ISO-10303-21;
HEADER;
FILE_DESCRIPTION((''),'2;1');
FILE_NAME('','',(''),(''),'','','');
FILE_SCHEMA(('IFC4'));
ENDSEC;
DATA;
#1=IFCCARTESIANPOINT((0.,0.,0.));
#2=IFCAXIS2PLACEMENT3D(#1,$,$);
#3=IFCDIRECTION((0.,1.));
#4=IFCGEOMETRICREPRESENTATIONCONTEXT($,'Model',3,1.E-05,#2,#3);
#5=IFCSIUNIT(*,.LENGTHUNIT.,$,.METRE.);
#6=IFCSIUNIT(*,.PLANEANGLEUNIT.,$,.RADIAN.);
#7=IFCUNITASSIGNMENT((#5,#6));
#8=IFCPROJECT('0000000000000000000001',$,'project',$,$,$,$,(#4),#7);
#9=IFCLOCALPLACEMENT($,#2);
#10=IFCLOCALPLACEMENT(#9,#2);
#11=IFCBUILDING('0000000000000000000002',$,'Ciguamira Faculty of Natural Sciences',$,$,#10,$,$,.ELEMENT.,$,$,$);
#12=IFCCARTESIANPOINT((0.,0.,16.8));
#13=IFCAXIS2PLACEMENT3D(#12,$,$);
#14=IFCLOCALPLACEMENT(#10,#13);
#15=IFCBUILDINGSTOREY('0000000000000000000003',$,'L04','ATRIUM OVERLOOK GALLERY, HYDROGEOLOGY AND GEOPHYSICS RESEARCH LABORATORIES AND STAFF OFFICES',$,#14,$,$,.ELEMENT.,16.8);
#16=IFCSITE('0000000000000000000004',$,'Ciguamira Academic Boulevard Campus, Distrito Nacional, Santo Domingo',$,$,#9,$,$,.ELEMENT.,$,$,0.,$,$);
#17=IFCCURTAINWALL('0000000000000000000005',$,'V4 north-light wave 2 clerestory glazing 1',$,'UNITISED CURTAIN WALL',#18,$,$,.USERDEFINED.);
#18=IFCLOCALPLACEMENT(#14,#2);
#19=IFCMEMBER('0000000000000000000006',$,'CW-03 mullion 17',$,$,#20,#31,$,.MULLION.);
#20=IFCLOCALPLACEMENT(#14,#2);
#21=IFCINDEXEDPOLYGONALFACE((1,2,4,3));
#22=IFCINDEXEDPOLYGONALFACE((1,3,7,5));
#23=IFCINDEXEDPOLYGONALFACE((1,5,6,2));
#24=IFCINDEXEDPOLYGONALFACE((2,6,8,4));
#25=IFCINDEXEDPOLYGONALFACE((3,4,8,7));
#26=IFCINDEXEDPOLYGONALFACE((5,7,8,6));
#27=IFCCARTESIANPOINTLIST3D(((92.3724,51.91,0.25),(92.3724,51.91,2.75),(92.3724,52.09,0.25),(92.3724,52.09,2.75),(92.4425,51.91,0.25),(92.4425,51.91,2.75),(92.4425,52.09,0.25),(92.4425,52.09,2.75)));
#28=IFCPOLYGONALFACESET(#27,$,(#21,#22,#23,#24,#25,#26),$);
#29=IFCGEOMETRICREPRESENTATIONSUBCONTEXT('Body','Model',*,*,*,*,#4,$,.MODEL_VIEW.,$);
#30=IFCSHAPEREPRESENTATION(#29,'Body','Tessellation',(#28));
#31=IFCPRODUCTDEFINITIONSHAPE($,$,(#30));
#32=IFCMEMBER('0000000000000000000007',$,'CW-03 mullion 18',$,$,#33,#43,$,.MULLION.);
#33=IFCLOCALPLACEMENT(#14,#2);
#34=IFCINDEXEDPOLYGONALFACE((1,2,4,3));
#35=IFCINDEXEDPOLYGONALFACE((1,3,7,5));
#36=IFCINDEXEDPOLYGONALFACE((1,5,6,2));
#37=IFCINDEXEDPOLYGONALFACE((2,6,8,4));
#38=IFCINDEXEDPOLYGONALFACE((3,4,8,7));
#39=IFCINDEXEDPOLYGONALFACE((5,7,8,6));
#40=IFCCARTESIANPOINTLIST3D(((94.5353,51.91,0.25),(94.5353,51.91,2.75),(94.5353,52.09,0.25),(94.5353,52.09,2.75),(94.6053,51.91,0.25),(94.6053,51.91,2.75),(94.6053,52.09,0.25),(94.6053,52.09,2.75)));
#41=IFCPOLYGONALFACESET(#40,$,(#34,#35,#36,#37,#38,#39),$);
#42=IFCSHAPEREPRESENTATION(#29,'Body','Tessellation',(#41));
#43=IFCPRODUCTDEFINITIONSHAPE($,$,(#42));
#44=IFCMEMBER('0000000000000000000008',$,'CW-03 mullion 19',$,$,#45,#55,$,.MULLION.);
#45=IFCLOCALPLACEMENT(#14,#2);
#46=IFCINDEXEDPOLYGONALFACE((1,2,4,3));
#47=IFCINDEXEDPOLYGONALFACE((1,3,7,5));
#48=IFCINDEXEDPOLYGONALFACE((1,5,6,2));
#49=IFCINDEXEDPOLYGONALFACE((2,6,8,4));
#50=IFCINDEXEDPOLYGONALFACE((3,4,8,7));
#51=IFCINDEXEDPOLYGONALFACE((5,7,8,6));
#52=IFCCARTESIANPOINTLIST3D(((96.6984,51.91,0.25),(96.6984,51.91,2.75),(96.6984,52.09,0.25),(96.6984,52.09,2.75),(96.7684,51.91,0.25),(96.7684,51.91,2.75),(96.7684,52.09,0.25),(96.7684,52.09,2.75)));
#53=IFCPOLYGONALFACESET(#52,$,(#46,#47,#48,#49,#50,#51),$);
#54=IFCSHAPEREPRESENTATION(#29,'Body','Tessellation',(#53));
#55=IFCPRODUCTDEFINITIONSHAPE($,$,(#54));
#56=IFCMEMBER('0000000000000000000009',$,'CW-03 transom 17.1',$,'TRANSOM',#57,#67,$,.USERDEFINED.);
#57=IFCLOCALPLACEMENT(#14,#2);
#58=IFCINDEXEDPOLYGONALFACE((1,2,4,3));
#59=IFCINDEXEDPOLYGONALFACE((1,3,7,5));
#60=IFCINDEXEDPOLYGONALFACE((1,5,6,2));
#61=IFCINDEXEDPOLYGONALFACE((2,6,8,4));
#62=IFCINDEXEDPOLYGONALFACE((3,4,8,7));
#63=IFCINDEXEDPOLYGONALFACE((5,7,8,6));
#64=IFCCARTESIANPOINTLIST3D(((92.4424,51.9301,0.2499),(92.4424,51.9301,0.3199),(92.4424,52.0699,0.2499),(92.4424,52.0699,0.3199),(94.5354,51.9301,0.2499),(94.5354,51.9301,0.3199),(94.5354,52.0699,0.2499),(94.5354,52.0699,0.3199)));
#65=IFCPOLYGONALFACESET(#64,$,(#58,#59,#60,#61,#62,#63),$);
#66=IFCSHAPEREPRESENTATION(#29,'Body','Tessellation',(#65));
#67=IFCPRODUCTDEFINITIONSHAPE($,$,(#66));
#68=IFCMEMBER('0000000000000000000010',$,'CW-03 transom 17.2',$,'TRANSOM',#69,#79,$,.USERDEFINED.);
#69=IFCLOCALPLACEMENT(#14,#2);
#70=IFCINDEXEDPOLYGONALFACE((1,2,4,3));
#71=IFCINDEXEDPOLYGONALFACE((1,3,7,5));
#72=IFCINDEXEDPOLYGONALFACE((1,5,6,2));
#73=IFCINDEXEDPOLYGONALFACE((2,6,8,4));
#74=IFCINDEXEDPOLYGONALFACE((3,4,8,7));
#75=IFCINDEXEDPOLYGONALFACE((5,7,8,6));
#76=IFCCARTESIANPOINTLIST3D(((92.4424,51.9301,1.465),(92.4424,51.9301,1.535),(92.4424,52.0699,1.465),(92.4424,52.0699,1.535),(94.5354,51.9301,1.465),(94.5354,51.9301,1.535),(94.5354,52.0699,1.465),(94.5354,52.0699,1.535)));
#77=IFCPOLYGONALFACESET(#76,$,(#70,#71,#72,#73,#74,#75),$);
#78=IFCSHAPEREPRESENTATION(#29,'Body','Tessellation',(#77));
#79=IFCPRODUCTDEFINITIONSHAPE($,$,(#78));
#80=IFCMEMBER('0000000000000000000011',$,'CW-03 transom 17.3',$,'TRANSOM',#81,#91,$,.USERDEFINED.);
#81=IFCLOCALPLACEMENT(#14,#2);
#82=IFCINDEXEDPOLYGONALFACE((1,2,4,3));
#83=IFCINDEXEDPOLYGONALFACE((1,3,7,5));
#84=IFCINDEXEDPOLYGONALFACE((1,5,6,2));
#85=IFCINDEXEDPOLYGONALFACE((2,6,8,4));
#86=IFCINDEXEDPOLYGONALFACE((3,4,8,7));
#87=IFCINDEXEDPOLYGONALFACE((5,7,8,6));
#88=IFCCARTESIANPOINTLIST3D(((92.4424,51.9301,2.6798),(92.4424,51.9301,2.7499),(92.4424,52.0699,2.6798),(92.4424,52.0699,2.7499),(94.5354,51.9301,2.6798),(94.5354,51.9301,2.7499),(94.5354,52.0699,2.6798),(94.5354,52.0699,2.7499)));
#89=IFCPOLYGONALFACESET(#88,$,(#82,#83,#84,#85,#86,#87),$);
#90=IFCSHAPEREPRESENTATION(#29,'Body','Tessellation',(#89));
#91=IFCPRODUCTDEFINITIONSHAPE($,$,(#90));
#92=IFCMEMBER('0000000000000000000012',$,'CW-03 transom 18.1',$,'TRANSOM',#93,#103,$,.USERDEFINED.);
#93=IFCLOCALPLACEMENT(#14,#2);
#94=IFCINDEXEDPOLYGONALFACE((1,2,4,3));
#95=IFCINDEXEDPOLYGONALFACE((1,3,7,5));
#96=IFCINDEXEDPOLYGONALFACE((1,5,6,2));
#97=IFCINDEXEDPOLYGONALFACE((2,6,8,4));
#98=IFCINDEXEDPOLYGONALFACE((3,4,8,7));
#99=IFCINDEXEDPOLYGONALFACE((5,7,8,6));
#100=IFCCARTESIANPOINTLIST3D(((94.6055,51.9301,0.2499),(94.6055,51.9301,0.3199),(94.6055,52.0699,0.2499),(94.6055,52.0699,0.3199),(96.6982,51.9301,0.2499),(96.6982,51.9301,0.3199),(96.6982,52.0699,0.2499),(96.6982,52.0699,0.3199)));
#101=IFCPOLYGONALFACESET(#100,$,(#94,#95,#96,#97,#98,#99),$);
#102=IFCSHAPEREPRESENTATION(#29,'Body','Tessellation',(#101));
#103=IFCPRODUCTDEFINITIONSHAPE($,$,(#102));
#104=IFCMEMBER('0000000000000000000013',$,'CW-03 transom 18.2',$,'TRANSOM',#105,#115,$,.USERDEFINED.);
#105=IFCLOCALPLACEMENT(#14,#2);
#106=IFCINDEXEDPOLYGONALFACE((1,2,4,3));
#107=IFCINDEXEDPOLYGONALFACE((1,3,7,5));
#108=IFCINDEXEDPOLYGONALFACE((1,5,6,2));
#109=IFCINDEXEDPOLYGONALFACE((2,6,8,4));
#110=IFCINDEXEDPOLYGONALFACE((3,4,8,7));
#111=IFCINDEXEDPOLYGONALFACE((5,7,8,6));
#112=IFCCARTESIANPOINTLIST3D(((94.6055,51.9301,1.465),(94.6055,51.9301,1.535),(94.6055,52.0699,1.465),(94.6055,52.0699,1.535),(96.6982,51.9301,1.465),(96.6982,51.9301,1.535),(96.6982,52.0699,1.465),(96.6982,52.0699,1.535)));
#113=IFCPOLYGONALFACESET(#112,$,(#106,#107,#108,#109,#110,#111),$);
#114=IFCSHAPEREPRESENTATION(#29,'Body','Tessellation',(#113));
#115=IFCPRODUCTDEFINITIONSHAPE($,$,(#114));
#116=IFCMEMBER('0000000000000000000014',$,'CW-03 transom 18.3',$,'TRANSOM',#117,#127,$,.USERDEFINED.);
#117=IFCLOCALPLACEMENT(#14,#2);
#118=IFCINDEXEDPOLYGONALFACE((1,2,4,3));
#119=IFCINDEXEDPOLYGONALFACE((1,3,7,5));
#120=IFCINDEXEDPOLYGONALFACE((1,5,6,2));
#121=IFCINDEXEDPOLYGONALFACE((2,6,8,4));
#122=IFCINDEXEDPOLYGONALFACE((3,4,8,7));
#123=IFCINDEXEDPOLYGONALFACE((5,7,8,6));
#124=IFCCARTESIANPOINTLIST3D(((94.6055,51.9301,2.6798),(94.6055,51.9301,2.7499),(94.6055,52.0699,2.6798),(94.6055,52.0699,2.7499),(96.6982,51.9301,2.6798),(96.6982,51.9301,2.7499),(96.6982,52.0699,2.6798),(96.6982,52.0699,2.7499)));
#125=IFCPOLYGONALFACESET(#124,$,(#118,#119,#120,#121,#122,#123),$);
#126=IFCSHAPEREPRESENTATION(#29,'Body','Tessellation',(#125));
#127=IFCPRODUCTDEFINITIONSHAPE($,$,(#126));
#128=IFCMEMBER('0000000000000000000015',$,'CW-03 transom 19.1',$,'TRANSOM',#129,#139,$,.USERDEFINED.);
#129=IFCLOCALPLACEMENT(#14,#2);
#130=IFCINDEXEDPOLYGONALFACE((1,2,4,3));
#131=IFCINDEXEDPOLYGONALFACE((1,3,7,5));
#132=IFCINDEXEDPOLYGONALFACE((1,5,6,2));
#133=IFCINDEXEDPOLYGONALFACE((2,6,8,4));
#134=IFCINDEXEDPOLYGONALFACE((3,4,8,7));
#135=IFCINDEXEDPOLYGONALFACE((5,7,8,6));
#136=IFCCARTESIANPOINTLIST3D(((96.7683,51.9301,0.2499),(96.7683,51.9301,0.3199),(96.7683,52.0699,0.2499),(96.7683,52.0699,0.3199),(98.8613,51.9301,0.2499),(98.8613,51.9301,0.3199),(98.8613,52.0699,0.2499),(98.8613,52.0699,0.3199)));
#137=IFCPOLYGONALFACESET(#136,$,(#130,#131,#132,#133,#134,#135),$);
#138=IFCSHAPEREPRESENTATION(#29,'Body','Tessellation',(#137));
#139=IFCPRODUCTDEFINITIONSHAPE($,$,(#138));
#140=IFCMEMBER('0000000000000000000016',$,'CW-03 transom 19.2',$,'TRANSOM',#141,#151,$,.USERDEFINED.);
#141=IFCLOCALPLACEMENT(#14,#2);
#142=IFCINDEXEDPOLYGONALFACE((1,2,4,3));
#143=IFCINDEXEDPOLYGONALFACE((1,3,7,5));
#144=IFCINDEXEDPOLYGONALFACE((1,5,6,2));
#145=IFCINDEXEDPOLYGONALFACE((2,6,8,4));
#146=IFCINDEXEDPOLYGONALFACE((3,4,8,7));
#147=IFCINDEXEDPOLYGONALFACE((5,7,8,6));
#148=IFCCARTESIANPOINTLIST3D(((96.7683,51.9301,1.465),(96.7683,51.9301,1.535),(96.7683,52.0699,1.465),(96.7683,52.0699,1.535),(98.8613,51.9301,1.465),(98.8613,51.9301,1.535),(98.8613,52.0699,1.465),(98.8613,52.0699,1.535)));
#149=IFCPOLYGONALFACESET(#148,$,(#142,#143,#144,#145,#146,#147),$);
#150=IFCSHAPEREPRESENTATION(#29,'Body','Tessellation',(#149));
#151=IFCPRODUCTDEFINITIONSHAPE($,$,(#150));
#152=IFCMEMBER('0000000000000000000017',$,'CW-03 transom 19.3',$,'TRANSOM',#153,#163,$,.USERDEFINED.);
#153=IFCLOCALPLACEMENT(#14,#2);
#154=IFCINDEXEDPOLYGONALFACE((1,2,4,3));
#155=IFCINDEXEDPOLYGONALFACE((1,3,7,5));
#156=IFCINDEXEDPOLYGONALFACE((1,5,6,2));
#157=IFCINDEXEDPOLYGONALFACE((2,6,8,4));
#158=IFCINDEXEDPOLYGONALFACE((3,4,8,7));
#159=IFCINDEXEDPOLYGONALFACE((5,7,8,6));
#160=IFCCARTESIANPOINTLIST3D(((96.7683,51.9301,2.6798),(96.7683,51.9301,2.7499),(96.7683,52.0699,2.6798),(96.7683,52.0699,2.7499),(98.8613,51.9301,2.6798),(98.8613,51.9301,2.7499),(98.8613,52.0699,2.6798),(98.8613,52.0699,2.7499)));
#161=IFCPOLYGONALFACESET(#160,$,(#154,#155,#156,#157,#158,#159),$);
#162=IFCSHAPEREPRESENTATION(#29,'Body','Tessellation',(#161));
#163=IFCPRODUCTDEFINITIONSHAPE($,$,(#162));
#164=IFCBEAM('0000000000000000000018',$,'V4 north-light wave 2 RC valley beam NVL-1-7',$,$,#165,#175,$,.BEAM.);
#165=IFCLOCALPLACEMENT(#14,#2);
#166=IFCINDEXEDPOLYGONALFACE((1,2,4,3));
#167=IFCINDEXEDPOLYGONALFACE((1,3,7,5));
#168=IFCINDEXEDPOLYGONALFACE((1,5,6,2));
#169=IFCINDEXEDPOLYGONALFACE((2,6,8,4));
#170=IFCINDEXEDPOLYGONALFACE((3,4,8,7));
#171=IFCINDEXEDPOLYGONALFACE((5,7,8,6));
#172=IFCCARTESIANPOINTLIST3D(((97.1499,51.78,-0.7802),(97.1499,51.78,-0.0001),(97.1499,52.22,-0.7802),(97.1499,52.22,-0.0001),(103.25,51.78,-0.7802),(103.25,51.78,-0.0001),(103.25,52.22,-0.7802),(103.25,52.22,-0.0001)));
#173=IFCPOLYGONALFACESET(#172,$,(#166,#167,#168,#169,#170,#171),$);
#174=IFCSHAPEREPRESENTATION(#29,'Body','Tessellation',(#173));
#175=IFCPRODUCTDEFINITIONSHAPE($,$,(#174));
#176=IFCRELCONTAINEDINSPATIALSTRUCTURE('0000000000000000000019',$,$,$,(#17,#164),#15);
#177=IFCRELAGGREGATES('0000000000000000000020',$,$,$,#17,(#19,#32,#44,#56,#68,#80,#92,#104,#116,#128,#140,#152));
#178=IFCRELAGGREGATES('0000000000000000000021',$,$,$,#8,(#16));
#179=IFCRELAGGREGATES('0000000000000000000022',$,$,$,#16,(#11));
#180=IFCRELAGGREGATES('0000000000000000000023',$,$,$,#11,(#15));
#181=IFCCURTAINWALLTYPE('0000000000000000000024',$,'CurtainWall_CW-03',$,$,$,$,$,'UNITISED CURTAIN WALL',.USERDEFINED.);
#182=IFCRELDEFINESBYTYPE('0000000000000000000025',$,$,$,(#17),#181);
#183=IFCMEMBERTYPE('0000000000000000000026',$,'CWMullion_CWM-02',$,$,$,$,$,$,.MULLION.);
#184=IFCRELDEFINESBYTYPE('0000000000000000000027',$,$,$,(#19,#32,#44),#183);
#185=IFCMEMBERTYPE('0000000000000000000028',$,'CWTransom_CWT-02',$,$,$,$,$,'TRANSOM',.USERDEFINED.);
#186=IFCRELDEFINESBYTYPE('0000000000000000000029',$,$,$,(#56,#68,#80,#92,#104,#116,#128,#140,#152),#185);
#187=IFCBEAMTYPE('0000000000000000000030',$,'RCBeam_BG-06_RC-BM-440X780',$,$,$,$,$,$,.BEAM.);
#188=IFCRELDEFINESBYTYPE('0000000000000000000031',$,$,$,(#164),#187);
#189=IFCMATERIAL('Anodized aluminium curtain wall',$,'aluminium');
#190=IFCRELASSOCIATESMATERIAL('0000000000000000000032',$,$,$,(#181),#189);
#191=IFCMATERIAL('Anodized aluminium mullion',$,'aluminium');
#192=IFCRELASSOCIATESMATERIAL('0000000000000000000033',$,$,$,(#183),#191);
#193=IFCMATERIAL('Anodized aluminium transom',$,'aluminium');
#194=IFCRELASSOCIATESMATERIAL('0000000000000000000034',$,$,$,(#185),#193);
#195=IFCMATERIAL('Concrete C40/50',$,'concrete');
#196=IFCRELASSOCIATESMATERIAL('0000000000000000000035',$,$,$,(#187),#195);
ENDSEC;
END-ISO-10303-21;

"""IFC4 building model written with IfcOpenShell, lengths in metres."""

from ifc_helpers import new_model, si_unit, direction, frame, origin, origin_2d, place, context, subcontext, project, spatial, rectangle, extrude, material, material_profile, profile_set, type_object, element, aggregate, save


model = new_model("IFC4")

# Units and contexts
model_context = context("Model", 3, precision=1e-05, world=origin(), true_north=direction((0.0, 1.0)))
body_context = subcontext(model_context, "Body", "Model", "MODEL_VIEW")
ifc_project = project(units=[si_unit("LENGTHUNIT", "METRE"), si_unit("PLANEANGLEUNIT", "RADIAN")], contexts=[model_context])

# Site, building, storey
site_placement = place(None, origin())
site = spatial("IfcSite", under=ifc_project, at=site_placement, Name="Ciguamira Academic Boulevard Campus, Distrito Nacional, Santo Domingo", CompositionType="ELEMENT", RefElevation=0.0)
building_placement = place(site_placement, origin())
building = spatial("IfcBuilding", under=site, at=building_placement, Name="Ciguamira Faculty of Natural Sciences", CompositionType="ELEMENT")
storey_placement = place(building_placement, frame((0.0, 0.0, 16.8)))
storey = spatial("IfcBuildingStorey", under=building, at=storey_placement, Name="L04", Description="ATRIUM OVERLOOK GALLERY, HYDROGEOLOGY AND GEOPHYSICS RESEARCH LABORATORIES AND STAFF OFFICES", CompositionType="ELEMENT", Elevation=16.8)

# Curtain wall, members
ifc_material_1 = material(Name="Anodized aluminium curtain wall", Category="aluminium")
curtain_wall_type = type_object("IfcCurtainWallType", Name="CurtainWall_CW-03", ElementType="UNITISED CURTAIN WALL", PredefinedType="USERDEFINED", material=ifc_material_1)
curtain_wall_placement = place(storey_placement, origin())
curtain_wall = element("IfcCurtainWall", 1, at=curtain_wall_placement, inside=storey, type_object=curtain_wall_type, Name="V4 north-light wave 2 clerestory glazing 1", ObjectType="UNITISED CURTAIN WALL", PredefinedType="USERDEFINED")
ifc_material_2 = material(Name="Anodized aluminium mullion", Category="aluminium")
ifc_material_profile_1 = material_profile(ifc_material_2, rectangle(XDim=0.0701, YDim=0.1799, at=origin_2d()), Name="ALU-MUL-70X180")
ifc_profile_set_1 = profile_set([ifc_material_profile_1], Name="Anodized aluminium mullion")
member_type_1 = type_object("IfcMemberType", Name="CWMullion_CWM-02", PredefinedType="MULLION", material=ifc_profile_set_1)
member_1_placement = place(storey_placement, frame((92.4075, 52.0, 0.25), z_axis=(0.0, 0.0, 1.0), x_axis=(1.0, 0.0, 0.0)))
member_1 = element("IfcMember", 2, at=member_1_placement, type_object=member_type_1, Name="CW-03 mullion 17", PredefinedType="MULLION", context=body_context, shape_type="SweptSolid", body=[
    extrude(rectangle(XDim=0.0701, YDim=0.1799, at=origin_2d()), origin(), (0.0, 0.0, 1.0), 2.5),
])
member_2_placement = place(storey_placement, frame((94.5703, 52.0, 0.25), z_axis=(0.0, 0.0, 1.0), x_axis=(1.0, 0.0, 0.0)))
member_2 = element("IfcMember", 3, at=member_2_placement, type_object=member_type_1, Name="CW-03 mullion 18", PredefinedType="MULLION", context=body_context, shape_type="SweptSolid", body=[
    extrude(rectangle(XDim=0.0701, YDim=0.1799, at=origin_2d()), origin(), (0.0, 0.0, 1.0), 2.5),
])
member_3_placement = place(storey_placement, frame((96.7334, 52.0, 0.25), z_axis=(0.0, 0.0, 1.0), x_axis=(1.0, 0.0, 0.0)))
member_3 = element("IfcMember", 4, at=member_3_placement, type_object=member_type_1, Name="CW-03 mullion 19", PredefinedType="MULLION", context=body_context, shape_type="SweptSolid", body=[
    extrude(rectangle(XDim=0.0701, YDim=0.1799, at=origin_2d()), origin(), (0.0, 0.0, 1.0), 2.5),
])
ifc_material_3 = material(Name="Anodized aluminium transom", Category="aluminium")
ifc_material_profile_2 = material_profile(ifc_material_3, rectangle(XDim=0.0701, YDim=0.1399, at=origin_2d()), Name="ALU-TRN-70X140")
ifc_profile_set_2 = profile_set([ifc_material_profile_2], Name="Anodized aluminium transom")
member_type_2 = type_object("IfcMemberType", Name="CWTransom_CWT-02", ElementType="TRANSOM", PredefinedType="USERDEFINED", material=ifc_profile_set_2)
member_4_placement = place(storey_placement, frame((92.4424, 52.0, 0.2849), z_axis=(1.0, 0.0, 0.0), x_axis=(0.0, 0.0, 1.0)))
member_4 = element("IfcMember", 5, at=member_4_placement, type_object=member_type_2, Name="CW-03 transom 17.1", ObjectType="TRANSOM", PredefinedType="USERDEFINED", context=body_context, shape_type="SweptSolid", body=[
    extrude(rectangle(XDim=0.0701, YDim=0.1399, at=origin_2d()), origin(), (0.0, 0.0, 1.0), 2.093),
])
member_5_placement = place(storey_placement, frame((92.4424, 52.0, 1.5), z_axis=(1.0, 0.0, 0.0), x_axis=(0.0, 0.0, 1.0)))
member_5 = element("IfcMember", 6, at=member_5_placement, type_object=member_type_2, Name="CW-03 transom 17.2", ObjectType="TRANSOM", PredefinedType="USERDEFINED", context=body_context, shape_type="SweptSolid", body=[
    extrude(rectangle(XDim=0.0701, YDim=0.1399, at=origin_2d()), origin(), (0.0, 0.0, 1.0), 2.093),
])
member_6_placement = place(storey_placement, frame((92.4424, 52.0, 2.7148), z_axis=(1.0, 0.0, 0.0), x_axis=(0.0, 0.0, 1.0)))
member_6 = element("IfcMember", 7, at=member_6_placement, type_object=member_type_2, Name="CW-03 transom 17.3", ObjectType="TRANSOM", PredefinedType="USERDEFINED", context=body_context, shape_type="SweptSolid", body=[
    extrude(rectangle(XDim=0.0701, YDim=0.1399, at=origin_2d()), origin(), (0.0, 0.0, 1.0), 2.093),
])
member_7_placement = place(storey_placement, frame((94.6055, 52.0, 0.2849), z_axis=(1.0, 0.0, 0.0), x_axis=(0.0, 0.0, 1.0)))
member_7 = element("IfcMember", 8, at=member_7_placement, type_object=member_type_2, Name="CW-03 transom 18.1", ObjectType="TRANSOM", PredefinedType="USERDEFINED", context=body_context, shape_type="SweptSolid", body=[
    extrude(rectangle(XDim=0.0701, YDim=0.1399, at=origin_2d()), origin(), (0.0, 0.0, 1.0), 2.0928),
])
member_8_placement = place(storey_placement, frame((94.6055, 52.0, 1.5), z_axis=(1.0, 0.0, 0.0), x_axis=(0.0, 0.0, 1.0)))
member_8 = element("IfcMember", 9, at=member_8_placement, type_object=member_type_2, Name="CW-03 transom 18.2", ObjectType="TRANSOM", PredefinedType="USERDEFINED", context=body_context, shape_type="SweptSolid", body=[
    extrude(rectangle(XDim=0.0701, YDim=0.1399, at=origin_2d()), origin(), (0.0, 0.0, 1.0), 2.0928),
])
member_9_placement = place(storey_placement, frame((94.6055, 52.0, 2.7148), z_axis=(1.0, 0.0, 0.0), x_axis=(0.0, 0.0, 1.0)))
member_9 = element("IfcMember", 10, at=member_9_placement, type_object=member_type_2, Name="CW-03 transom 18.3", ObjectType="TRANSOM", PredefinedType="USERDEFINED", context=body_context, shape_type="SweptSolid", body=[
    extrude(rectangle(XDim=0.0701, YDim=0.1399, at=origin_2d()), origin(), (0.0, 0.0, 1.0), 2.0928),
])
member_10_placement = place(storey_placement, frame((96.7683, 52.0, 0.2849), z_axis=(1.0, 0.0, 0.0), x_axis=(0.0, 0.0, 1.0)))
member_10 = element("IfcMember", 11, at=member_10_placement, type_object=member_type_2, Name="CW-03 transom 19.1", ObjectType="TRANSOM", PredefinedType="USERDEFINED", context=body_context, shape_type="SweptSolid", body=[
    extrude(rectangle(XDim=0.0701, YDim=0.1399, at=origin_2d()), origin(), (0.0, 0.0, 1.0), 2.093),
])
member_11_placement = place(storey_placement, frame((96.7683, 52.0, 1.5), z_axis=(1.0, 0.0, 0.0), x_axis=(0.0, 0.0, 1.0)))
member_11 = element("IfcMember", 12, at=member_11_placement, type_object=member_type_2, Name="CW-03 transom 19.2", ObjectType="TRANSOM", PredefinedType="USERDEFINED", context=body_context, shape_type="SweptSolid", body=[
    extrude(rectangle(XDim=0.0701, YDim=0.1399, at=origin_2d()), origin(), (0.0, 0.0, 1.0), 2.093),
])
member_12_placement = place(storey_placement, frame((96.7683, 52.0, 2.7148), z_axis=(1.0, 0.0, 0.0), x_axis=(0.0, 0.0, 1.0)))
member_12 = element("IfcMember", 13, at=member_12_placement, type_object=member_type_2, Name="CW-03 transom 19.3", ObjectType="TRANSOM", PredefinedType="USERDEFINED", context=body_context, shape_type="SweptSolid", body=[
    extrude(rectangle(XDim=0.0701, YDim=0.1399, at=origin_2d()), origin(), (0.0, 0.0, 1.0), 2.093),
])

# Beam
ifc_material_4 = material(Name="Concrete C40/50", Category="concrete")
ifc_material_profile_3 = material_profile(ifc_material_4, rectangle(XDim=0.4399, YDim=0.78, at=origin_2d()), Name="RC-BM-440X780")
ifc_profile_set_3 = profile_set([ifc_material_profile_3], Name="Concrete C40/50")
beam_type = type_object("IfcBeamType", Name="RCBeam_BG-06_RC-BM-440X780", PredefinedType="BEAM", material=ifc_profile_set_3)
beam_placement = place(storey_placement, frame((97.1499, 52.0, -0.3901), z_axis=(1.0, 0.0, 0.0), x_axis=(0.0, 1.0, 0.0)))
element("IfcBeam", 14, at=beam_placement, inside=storey, type_object=beam_type, Name="V4 north-light wave 2 RC valley beam NVL-1-7", PredefinedType="BEAM", context=body_context, shape_type="SweptSolid", body=[
    extrude(rectangle(XDim=0.4399, YDim=0.78, at=origin_2d()), origin(), (0.0, 0.0, 1.0), 6.1001),
])

aggregate(curtain_wall, [member_1, member_2, member_3, member_4, member_5, member_6, member_7, member_8, member_9, member_10, member_11, member_12])

save(model, "model.ifc")
